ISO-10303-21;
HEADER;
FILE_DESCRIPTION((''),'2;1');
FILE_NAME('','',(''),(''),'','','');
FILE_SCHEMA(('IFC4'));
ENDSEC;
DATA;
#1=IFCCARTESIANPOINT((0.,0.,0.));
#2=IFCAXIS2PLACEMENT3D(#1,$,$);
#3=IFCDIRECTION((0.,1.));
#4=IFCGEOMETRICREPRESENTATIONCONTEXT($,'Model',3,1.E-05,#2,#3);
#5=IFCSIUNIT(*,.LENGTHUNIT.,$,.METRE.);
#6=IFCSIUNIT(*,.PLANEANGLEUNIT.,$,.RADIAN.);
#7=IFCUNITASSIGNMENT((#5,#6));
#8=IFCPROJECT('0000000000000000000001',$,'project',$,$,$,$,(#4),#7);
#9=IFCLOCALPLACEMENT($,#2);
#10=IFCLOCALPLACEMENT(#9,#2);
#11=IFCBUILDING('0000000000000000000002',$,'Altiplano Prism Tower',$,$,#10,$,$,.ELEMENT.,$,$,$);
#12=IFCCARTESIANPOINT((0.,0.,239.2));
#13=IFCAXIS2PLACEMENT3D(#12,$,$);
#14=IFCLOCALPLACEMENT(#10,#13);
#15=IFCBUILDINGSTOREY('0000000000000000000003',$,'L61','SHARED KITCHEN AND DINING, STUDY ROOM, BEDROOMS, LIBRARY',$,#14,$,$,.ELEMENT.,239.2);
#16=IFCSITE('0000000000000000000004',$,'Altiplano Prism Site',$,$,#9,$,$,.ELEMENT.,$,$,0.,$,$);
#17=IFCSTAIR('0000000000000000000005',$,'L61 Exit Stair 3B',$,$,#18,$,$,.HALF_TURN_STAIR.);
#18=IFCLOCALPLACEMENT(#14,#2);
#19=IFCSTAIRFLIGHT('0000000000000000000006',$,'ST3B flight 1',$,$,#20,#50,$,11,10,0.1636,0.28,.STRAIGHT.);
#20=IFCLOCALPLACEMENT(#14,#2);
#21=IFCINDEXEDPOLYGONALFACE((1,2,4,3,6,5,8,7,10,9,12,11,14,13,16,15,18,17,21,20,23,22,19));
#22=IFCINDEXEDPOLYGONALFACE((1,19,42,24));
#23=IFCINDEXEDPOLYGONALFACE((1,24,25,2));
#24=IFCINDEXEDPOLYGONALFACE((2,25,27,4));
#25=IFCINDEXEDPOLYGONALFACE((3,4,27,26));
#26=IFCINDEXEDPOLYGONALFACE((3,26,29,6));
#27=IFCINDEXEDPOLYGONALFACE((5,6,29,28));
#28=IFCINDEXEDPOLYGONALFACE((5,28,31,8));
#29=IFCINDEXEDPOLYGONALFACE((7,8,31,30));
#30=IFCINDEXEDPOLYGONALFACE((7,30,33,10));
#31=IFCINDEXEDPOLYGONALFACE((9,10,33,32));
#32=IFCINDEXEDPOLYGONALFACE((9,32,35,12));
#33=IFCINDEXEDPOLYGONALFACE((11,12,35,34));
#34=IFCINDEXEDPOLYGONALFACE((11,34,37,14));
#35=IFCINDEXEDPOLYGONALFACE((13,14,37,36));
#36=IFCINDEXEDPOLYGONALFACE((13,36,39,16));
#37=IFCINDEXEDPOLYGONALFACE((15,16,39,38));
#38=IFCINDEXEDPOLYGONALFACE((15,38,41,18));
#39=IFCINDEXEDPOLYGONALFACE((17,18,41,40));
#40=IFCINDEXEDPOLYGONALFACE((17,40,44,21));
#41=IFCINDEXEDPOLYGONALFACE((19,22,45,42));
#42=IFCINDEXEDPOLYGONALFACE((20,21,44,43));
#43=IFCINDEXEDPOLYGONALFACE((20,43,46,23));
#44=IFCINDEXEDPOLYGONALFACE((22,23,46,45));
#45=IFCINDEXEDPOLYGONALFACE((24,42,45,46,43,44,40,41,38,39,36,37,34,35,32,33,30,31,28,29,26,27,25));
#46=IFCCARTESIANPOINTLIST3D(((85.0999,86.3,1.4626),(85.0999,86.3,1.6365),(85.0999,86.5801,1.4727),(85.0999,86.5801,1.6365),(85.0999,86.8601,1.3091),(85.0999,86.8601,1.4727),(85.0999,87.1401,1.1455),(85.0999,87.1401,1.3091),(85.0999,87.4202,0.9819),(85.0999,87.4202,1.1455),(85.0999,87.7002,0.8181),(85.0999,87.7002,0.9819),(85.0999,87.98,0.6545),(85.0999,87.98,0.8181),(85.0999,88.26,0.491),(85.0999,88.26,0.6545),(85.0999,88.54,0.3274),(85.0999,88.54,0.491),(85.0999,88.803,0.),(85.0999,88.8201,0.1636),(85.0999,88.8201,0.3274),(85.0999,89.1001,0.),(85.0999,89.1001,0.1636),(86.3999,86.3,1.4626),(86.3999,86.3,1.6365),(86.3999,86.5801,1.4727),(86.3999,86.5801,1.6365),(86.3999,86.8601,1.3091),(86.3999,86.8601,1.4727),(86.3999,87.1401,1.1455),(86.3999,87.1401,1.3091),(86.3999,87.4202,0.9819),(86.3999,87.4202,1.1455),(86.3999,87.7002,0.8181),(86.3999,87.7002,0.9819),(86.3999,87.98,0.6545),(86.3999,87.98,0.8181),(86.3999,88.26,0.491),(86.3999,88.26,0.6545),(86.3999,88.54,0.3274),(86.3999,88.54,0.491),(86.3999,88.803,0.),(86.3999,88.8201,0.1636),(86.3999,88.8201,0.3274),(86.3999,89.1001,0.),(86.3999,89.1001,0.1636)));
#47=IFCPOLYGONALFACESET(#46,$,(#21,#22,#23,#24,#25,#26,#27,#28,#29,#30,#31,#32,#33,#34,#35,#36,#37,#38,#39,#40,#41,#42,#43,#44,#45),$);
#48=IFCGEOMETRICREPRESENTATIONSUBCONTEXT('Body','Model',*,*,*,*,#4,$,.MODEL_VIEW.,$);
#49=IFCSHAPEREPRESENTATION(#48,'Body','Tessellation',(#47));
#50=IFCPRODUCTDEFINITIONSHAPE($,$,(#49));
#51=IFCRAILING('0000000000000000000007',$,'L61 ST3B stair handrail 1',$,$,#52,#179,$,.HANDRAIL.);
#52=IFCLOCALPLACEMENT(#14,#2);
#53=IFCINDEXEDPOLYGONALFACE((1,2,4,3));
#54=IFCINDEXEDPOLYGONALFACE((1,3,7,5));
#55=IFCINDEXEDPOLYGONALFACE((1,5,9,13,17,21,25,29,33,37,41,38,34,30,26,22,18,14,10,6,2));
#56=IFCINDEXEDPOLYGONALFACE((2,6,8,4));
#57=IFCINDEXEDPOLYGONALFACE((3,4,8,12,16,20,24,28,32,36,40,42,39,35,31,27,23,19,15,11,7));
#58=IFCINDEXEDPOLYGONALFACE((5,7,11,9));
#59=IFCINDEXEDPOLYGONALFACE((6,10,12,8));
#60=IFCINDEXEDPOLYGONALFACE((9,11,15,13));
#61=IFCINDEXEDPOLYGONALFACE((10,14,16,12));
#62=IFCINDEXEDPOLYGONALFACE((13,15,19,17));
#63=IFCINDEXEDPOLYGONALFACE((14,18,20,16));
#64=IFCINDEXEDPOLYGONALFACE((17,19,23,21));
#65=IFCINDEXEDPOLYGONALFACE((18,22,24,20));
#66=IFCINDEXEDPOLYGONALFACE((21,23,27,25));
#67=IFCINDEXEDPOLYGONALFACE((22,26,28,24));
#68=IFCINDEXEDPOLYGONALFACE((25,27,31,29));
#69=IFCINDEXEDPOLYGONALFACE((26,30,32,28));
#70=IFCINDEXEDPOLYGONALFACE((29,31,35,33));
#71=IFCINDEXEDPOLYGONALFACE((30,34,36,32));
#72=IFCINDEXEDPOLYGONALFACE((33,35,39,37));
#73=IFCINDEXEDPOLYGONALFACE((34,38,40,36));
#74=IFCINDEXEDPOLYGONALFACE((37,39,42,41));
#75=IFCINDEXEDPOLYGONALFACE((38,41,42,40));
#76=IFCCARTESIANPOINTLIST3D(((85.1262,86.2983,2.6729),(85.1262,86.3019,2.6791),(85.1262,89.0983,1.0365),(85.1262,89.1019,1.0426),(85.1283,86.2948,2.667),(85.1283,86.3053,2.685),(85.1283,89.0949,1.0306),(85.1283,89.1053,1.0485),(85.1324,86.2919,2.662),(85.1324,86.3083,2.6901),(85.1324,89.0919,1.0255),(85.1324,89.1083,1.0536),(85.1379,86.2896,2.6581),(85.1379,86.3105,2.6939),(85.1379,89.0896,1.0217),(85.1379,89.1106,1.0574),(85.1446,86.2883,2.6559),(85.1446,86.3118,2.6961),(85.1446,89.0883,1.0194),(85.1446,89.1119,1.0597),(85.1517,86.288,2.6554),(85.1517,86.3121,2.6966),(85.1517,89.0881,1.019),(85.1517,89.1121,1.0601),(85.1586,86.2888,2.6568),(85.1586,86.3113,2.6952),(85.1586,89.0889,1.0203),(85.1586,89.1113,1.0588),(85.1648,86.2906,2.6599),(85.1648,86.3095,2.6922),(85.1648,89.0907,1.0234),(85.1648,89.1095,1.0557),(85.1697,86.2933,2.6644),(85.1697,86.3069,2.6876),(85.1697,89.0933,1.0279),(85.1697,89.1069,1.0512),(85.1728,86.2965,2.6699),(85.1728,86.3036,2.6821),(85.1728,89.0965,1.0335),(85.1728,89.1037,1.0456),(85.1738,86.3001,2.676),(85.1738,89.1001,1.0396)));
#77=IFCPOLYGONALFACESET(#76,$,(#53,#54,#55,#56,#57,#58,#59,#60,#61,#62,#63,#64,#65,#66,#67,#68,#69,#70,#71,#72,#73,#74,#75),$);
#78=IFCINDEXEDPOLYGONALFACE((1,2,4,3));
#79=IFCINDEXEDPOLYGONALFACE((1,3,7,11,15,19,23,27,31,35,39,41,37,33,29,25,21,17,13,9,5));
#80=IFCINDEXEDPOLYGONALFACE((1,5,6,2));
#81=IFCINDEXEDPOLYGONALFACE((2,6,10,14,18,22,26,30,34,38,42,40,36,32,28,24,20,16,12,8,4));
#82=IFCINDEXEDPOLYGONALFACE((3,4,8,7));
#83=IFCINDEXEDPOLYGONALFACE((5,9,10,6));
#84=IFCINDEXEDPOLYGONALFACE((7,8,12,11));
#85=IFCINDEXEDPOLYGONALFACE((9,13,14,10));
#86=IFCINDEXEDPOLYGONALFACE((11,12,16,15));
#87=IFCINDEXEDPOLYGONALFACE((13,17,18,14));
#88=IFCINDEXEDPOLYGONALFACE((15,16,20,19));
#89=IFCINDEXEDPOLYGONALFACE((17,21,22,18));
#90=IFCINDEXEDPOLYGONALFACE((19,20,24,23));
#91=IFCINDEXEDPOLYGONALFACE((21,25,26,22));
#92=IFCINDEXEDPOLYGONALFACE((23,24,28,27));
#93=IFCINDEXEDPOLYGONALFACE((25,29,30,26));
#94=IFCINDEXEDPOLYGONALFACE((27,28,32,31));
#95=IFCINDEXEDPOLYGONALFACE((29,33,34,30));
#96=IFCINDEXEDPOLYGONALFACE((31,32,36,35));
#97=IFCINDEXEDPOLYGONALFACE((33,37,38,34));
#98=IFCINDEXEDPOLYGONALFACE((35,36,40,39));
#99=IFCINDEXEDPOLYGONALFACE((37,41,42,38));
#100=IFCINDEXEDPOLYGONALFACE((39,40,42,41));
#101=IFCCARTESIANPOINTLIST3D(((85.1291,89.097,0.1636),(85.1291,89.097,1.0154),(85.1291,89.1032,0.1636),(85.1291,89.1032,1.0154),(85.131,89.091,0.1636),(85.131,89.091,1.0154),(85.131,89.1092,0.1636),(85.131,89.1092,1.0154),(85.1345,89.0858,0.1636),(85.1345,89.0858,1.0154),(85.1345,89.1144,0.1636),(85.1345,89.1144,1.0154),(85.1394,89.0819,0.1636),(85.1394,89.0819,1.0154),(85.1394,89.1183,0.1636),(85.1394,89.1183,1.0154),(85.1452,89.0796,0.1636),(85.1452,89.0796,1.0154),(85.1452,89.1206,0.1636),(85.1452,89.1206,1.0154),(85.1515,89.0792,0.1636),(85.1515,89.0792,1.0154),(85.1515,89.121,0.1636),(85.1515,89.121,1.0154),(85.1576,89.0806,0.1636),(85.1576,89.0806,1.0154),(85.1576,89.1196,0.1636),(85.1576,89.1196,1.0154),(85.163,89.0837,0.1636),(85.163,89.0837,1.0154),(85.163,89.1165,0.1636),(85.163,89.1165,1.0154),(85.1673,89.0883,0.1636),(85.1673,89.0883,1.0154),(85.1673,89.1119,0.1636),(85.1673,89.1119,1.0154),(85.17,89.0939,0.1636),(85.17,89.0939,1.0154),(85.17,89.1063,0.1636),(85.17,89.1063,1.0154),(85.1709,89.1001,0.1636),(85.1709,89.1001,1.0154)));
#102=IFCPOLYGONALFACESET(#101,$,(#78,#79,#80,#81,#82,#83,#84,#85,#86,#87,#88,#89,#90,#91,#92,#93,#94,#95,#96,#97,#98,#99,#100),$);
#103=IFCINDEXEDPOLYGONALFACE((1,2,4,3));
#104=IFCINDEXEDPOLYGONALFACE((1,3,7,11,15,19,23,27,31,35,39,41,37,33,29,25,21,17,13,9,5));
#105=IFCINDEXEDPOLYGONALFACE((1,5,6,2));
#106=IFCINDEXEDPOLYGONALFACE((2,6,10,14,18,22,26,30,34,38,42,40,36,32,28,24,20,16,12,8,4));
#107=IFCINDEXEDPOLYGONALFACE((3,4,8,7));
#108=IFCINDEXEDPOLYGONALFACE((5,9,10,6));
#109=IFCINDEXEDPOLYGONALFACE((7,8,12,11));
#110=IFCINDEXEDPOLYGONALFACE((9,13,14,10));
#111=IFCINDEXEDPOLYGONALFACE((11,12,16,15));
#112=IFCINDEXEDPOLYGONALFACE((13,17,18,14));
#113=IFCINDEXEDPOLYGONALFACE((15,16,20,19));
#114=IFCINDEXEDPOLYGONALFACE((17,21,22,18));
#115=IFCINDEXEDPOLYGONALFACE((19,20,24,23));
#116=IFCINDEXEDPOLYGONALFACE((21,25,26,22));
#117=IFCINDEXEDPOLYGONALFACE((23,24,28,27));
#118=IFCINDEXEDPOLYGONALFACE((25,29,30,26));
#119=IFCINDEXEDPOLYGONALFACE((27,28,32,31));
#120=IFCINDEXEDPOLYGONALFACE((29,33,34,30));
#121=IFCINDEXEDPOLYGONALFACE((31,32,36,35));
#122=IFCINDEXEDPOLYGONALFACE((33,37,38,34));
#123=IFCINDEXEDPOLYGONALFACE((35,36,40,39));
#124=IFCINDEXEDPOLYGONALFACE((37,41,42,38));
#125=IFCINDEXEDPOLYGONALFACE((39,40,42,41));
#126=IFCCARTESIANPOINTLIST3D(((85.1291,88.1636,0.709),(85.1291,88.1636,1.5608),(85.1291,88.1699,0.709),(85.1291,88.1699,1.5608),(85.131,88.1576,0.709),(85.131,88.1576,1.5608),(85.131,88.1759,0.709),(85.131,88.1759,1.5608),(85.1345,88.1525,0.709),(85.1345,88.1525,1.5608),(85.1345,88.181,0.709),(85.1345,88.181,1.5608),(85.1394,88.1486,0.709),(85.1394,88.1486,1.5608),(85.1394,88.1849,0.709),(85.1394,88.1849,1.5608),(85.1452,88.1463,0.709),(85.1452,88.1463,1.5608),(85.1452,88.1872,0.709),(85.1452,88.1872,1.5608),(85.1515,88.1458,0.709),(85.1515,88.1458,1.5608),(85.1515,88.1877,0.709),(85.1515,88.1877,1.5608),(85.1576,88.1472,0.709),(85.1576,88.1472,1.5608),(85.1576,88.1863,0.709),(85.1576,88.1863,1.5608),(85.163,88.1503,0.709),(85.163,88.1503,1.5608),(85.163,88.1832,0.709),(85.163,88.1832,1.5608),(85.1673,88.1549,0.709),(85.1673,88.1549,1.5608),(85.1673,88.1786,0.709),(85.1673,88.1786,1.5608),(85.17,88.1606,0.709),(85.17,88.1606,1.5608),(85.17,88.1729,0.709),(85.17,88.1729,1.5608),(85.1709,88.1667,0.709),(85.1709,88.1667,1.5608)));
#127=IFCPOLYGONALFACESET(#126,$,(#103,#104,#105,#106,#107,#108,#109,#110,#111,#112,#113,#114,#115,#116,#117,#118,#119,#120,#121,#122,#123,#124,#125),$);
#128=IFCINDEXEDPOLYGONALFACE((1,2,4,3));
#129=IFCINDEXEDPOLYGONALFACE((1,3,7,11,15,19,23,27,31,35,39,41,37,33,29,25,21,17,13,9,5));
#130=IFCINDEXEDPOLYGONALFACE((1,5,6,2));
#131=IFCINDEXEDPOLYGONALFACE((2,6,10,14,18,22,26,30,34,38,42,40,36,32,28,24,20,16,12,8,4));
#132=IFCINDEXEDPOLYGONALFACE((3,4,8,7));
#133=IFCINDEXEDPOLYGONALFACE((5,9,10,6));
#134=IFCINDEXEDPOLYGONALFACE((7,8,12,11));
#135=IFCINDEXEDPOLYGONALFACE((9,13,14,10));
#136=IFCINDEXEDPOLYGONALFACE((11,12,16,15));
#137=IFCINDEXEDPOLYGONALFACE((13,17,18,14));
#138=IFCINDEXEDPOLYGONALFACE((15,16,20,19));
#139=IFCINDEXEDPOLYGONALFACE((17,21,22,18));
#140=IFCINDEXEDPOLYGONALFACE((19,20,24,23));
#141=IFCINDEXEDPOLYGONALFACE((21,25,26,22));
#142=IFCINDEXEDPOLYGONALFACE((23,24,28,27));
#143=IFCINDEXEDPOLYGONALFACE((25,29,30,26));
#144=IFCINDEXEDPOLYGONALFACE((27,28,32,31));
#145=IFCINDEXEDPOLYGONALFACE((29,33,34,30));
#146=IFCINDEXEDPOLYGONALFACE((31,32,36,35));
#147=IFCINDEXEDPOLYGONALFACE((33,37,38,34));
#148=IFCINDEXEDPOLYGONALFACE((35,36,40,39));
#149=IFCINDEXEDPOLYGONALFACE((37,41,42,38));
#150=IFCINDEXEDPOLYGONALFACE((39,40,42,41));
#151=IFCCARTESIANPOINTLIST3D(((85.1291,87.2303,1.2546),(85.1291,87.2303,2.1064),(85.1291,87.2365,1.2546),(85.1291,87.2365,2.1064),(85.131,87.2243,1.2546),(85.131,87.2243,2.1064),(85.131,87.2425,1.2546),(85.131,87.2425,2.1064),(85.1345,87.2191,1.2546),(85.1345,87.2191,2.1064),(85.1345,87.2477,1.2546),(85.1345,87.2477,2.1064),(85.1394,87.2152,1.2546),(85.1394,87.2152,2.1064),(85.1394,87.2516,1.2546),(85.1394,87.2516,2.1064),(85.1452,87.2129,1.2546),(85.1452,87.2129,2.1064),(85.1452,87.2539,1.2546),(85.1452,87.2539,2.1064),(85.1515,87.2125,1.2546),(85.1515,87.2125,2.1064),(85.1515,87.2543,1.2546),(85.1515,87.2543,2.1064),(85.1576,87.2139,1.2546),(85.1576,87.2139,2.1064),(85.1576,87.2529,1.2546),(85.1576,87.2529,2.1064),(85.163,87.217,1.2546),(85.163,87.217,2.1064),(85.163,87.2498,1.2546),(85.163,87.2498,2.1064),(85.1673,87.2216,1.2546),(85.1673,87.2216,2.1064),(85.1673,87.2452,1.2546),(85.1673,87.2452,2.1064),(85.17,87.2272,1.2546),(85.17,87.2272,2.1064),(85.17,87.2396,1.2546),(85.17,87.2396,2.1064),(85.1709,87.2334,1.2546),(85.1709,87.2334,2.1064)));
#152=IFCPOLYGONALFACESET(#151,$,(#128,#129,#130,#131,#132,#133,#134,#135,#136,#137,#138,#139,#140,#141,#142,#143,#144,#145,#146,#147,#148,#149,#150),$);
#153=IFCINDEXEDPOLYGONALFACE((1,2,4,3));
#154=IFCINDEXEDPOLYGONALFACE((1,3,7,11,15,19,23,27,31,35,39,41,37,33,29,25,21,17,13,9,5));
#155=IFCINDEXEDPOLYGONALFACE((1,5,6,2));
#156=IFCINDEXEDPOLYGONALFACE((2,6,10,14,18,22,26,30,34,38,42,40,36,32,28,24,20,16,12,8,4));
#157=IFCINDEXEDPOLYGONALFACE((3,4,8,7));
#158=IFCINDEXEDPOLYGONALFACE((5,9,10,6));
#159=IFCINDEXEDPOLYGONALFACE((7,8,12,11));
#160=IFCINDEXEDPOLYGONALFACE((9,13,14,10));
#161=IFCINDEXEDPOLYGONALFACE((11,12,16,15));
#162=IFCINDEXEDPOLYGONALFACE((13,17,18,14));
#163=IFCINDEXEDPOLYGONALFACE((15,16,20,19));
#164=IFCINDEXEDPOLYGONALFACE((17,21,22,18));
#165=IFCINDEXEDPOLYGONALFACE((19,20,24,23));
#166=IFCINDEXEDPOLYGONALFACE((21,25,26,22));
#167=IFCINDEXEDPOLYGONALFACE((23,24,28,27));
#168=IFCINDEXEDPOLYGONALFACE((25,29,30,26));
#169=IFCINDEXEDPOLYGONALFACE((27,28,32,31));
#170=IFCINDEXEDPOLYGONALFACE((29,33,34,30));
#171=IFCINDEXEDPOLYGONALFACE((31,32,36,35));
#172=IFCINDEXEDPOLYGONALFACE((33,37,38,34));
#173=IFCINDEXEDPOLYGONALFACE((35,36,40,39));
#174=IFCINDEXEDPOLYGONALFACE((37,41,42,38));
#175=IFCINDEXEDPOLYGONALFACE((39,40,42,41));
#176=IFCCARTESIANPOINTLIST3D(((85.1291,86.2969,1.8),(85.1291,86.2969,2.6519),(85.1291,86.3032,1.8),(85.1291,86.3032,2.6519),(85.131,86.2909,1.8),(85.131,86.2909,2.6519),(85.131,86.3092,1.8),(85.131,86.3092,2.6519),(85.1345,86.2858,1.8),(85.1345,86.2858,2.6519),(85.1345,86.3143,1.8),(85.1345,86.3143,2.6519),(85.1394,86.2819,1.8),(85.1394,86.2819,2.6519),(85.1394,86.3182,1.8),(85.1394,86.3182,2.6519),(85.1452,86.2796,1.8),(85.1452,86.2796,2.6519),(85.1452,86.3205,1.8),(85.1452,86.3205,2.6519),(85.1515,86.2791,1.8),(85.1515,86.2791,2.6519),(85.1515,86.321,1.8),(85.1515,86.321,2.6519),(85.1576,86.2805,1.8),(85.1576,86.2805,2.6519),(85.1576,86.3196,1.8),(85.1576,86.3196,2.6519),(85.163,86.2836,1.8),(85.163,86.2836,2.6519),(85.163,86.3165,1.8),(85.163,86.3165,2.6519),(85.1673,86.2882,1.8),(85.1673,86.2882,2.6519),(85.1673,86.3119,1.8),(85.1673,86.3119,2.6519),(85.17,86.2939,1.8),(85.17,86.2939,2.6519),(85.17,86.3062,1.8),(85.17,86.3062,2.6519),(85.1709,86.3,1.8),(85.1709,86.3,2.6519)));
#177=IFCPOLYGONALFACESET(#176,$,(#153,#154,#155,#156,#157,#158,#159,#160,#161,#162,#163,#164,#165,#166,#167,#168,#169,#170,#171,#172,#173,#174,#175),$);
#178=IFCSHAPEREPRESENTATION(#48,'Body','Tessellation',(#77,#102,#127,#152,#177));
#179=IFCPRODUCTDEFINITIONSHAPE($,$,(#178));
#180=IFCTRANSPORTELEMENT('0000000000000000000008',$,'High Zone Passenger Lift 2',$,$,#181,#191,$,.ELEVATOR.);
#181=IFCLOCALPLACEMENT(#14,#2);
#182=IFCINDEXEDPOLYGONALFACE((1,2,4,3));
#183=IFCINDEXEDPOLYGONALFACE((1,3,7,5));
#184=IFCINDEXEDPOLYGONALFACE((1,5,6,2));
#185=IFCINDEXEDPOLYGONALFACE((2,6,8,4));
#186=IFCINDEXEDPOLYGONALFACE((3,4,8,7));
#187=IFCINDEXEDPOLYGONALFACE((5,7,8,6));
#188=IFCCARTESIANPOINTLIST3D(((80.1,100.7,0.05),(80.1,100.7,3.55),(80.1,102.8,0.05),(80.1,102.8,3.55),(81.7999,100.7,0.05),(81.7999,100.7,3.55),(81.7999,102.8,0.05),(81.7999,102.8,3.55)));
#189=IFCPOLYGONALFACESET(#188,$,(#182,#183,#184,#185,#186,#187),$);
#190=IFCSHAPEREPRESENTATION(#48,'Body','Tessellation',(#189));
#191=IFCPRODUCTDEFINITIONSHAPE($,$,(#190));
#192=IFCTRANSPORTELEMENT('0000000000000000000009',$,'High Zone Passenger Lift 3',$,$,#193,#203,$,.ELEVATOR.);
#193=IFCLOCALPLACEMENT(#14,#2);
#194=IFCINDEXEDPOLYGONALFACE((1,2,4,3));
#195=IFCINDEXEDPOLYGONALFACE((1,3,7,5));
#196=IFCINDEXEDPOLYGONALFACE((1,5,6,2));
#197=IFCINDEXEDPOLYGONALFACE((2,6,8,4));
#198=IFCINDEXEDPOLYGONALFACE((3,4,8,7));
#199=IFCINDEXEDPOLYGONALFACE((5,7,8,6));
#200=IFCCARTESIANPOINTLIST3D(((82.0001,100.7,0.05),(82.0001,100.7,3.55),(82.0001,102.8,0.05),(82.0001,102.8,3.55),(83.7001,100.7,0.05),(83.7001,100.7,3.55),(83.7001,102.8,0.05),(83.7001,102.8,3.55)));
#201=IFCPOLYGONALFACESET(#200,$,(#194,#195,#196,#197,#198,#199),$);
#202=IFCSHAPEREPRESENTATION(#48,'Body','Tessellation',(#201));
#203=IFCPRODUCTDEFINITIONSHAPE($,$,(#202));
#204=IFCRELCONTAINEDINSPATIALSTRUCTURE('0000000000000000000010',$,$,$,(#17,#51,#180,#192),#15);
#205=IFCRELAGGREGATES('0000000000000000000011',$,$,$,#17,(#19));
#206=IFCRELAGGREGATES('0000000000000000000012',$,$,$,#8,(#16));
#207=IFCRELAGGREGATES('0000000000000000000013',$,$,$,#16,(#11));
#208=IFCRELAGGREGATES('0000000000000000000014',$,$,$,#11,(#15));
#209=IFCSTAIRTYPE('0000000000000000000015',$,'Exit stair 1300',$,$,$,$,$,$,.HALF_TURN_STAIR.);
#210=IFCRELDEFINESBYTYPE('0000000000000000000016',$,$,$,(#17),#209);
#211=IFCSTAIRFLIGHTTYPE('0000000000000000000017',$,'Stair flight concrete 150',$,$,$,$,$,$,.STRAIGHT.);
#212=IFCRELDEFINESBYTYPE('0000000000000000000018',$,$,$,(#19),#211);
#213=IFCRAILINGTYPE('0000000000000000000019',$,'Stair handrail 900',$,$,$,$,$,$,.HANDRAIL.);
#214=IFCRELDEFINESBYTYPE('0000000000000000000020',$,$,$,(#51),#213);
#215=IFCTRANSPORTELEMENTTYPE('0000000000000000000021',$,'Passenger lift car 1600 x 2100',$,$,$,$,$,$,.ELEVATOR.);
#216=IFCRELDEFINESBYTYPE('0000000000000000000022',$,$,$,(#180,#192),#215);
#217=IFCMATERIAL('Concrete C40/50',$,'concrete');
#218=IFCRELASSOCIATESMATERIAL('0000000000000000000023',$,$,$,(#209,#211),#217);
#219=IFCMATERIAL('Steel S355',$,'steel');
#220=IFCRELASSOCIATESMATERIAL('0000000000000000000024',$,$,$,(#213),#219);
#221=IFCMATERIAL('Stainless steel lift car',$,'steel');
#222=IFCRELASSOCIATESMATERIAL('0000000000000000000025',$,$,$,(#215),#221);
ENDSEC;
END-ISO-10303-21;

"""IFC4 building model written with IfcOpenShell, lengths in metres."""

from ifc_helpers import new_model, si_unit, direction, frame, origin, origin_2d, place, context, subcontext, project, spatial, polyline, rectangle, circle, outline, extrude, material, type_object, element, aggregate, save


model = new_model("IFC4")

# Units and contexts
model_context = context("Model", 3, precision=1e-05, world=origin(), true_north=direction((0.0, 1.0)))
body_context = subcontext(model_context, "Body", "Model", "MODEL_VIEW")
ifc_project = project(units=[si_unit("LENGTHUNIT", "METRE"), si_unit("PLANEANGLEUNIT", "RADIAN")], contexts=[model_context])

# Site, building, storey
site_placement = place(None, origin())
site = spatial("IfcSite", under=ifc_project, at=site_placement, Name="Altiplano Prism Site", CompositionType="ELEMENT", RefElevation=0.0)
building_placement = place(site_placement, origin())
building = spatial("IfcBuilding", under=site, at=building_placement, Name="Altiplano Prism Tower", CompositionType="ELEMENT")
storey_placement = place(building_placement, frame((0.0, 0.0, 239.2)))
storey = spatial("IfcBuildingStorey", under=building, at=storey_placement, Name="L61", Description="SHARED KITCHEN AND DINING, STUDY ROOM, BEDROOMS, LIBRARY", CompositionType="ELEMENT", Elevation=239.2)

# Stair, stair flight
ifc_material_1 = material(Name="Concrete C40/50", Category="concrete")
stair_type = type_object("IfcStairType", Name="Exit stair 1300", PredefinedType="HALF_TURN_STAIR", material=ifc_material_1)
stair_flight_type = type_object("IfcStairFlightType", Name="Stair flight concrete 150", PredefinedType="STRAIGHT", material=ifc_material_1)
stair_1_placement = place(storey_placement, origin())
stair_1 = element("IfcStair", 1, at=stair_1_placement, inside=storey, type_object=stair_type, Name="L61 Exit Stair 3B", PredefinedType="HALF_TURN_STAIR")
stair_flight_1_placement = place(storey_placement, frame((85.75, 89.1001, 0.0), z_axis=(0.0, 0.0, 1.0), x_axis=(0.0, -1.0, 0.0)))
stair_flight_1 = element("IfcStairFlight", 2, at=stair_flight_1_placement, type_object=stair_flight_type, Name="ST3B flight 1", NumberOfRisers=11, NumberOfTreads=10, PredefinedType="STRAIGHT", RiserHeight=0.1636, TreadLength=0.28, context=body_context, shape_type="SweptSolid", body=[
    extrude(outline(polyline([(0.0, 0.0), (0.0, 0.1636), (0.28, 0.1636), (0.28, 0.3274), (0.5601, 0.3274), (0.5601, 0.491), (0.8401, 0.491), (0.8401, 0.6545), (1.1201, 0.6545), (1.1201, 0.8181), (1.3999, 0.8181), (1.3999, 0.9819), (1.6799, 0.9819), (1.6799, 1.1455), (1.96, 1.1455), (1.96, 1.3091), (2.24, 1.3091), (2.24, 1.4727), (2.52, 1.4727), (2.52, 1.6365), (2.8, 1.6365), (2.8, 1.8), (2.8, 1.4626), (0.2971, 0.0), (0.0, 0.0)])), frame((0.0, 0.6499, 0.0), z_axis=(0.0, -1.0, 0.0), x_axis=(1.0, 0.0, 0.0)), (0.0, 0.0, 1.0), 1.3),
])
aggregate(stair_1, [stair_flight_1])

# Railing
ifc_material_2 = material(Name="Steel S355", Category="steel")
railing_type_1 = type_object("IfcRailingType", Name="Stair handrail 900", PredefinedType="HANDRAIL", material=ifc_material_2)
railing_1_placement = place(storey_placement, frame((85.1499, 89.1001, 0.1636)))
element("IfcRailing", 3, at=railing_1_placement, inside=storey, type_object=railing_type_1, Name="L61 ST3B stair handrail 1", PredefinedType="HANDRAIL", context=body_context, shape_type="SweptSolid", body=[
    extrude(circle(Radius=0.0239, at=origin_2d()), frame((0.0, 0.0, 0.876), z_axis=(0.0, -0.863361, 0.504587), x_axis=(1.0, 0.0, 0.0)), (0.0, 0.0, 1.0), 3.2432),
    extrude(circle(Radius=0.021, at=origin_2d()), origin(), (0.0, 0.0, 1.0), 0.8518),
    extrude(circle(Radius=0.021, at=origin_2d()), frame((0.0, -0.9333, 0.5454)), (0.0, 0.0, 1.0), 0.8518),
    extrude(circle(Radius=0.021, at=origin_2d()), frame((0.0, -1.8667, 1.0911)), (0.0, 0.0, 1.0), 0.8518),
    extrude(circle(Radius=0.021, at=origin_2d()), frame((0.0, -2.8, 1.6365)), (0.0, 0.0, 1.0), 0.8518),
])

# Transport elements
ifc_material_3 = material(Name="Stainless steel lift car", Category="steel")
transport_element_type = type_object("IfcTransportElementType", Name="Passenger lift car 1600 x 2100", PredefinedType="ELEVATOR", material=ifc_material_3)
for number, where, z_axis, x_axis, name in (
    (4, (80.95, 101.75, 0.05), (0.0, 0.0, 1.0), (1.0, 0.0, 0.0), "High Zone Passenger Lift 2"),
    (5, (82.8501, 101.75, 0.05), (0.0, 0.0, 1.0), (1.0, 0.0, 0.0), "High Zone Passenger Lift 3"),
):
    element("IfcTransportElement", number, at=place(storey_placement, frame(where, z_axis=z_axis, x_axis=x_axis)), inside=storey, type_object=transport_element_type, Name=name, PredefinedType="ELEVATOR", context=body_context, shape_type="SweptSolid", body=[
        extrude(rectangle(XDim=1.7, YDim=2.1001, at=origin_2d()), origin(), (0.0, 0.0, 1.0), 3.5),
    ])

save(model, "model.ifc")
